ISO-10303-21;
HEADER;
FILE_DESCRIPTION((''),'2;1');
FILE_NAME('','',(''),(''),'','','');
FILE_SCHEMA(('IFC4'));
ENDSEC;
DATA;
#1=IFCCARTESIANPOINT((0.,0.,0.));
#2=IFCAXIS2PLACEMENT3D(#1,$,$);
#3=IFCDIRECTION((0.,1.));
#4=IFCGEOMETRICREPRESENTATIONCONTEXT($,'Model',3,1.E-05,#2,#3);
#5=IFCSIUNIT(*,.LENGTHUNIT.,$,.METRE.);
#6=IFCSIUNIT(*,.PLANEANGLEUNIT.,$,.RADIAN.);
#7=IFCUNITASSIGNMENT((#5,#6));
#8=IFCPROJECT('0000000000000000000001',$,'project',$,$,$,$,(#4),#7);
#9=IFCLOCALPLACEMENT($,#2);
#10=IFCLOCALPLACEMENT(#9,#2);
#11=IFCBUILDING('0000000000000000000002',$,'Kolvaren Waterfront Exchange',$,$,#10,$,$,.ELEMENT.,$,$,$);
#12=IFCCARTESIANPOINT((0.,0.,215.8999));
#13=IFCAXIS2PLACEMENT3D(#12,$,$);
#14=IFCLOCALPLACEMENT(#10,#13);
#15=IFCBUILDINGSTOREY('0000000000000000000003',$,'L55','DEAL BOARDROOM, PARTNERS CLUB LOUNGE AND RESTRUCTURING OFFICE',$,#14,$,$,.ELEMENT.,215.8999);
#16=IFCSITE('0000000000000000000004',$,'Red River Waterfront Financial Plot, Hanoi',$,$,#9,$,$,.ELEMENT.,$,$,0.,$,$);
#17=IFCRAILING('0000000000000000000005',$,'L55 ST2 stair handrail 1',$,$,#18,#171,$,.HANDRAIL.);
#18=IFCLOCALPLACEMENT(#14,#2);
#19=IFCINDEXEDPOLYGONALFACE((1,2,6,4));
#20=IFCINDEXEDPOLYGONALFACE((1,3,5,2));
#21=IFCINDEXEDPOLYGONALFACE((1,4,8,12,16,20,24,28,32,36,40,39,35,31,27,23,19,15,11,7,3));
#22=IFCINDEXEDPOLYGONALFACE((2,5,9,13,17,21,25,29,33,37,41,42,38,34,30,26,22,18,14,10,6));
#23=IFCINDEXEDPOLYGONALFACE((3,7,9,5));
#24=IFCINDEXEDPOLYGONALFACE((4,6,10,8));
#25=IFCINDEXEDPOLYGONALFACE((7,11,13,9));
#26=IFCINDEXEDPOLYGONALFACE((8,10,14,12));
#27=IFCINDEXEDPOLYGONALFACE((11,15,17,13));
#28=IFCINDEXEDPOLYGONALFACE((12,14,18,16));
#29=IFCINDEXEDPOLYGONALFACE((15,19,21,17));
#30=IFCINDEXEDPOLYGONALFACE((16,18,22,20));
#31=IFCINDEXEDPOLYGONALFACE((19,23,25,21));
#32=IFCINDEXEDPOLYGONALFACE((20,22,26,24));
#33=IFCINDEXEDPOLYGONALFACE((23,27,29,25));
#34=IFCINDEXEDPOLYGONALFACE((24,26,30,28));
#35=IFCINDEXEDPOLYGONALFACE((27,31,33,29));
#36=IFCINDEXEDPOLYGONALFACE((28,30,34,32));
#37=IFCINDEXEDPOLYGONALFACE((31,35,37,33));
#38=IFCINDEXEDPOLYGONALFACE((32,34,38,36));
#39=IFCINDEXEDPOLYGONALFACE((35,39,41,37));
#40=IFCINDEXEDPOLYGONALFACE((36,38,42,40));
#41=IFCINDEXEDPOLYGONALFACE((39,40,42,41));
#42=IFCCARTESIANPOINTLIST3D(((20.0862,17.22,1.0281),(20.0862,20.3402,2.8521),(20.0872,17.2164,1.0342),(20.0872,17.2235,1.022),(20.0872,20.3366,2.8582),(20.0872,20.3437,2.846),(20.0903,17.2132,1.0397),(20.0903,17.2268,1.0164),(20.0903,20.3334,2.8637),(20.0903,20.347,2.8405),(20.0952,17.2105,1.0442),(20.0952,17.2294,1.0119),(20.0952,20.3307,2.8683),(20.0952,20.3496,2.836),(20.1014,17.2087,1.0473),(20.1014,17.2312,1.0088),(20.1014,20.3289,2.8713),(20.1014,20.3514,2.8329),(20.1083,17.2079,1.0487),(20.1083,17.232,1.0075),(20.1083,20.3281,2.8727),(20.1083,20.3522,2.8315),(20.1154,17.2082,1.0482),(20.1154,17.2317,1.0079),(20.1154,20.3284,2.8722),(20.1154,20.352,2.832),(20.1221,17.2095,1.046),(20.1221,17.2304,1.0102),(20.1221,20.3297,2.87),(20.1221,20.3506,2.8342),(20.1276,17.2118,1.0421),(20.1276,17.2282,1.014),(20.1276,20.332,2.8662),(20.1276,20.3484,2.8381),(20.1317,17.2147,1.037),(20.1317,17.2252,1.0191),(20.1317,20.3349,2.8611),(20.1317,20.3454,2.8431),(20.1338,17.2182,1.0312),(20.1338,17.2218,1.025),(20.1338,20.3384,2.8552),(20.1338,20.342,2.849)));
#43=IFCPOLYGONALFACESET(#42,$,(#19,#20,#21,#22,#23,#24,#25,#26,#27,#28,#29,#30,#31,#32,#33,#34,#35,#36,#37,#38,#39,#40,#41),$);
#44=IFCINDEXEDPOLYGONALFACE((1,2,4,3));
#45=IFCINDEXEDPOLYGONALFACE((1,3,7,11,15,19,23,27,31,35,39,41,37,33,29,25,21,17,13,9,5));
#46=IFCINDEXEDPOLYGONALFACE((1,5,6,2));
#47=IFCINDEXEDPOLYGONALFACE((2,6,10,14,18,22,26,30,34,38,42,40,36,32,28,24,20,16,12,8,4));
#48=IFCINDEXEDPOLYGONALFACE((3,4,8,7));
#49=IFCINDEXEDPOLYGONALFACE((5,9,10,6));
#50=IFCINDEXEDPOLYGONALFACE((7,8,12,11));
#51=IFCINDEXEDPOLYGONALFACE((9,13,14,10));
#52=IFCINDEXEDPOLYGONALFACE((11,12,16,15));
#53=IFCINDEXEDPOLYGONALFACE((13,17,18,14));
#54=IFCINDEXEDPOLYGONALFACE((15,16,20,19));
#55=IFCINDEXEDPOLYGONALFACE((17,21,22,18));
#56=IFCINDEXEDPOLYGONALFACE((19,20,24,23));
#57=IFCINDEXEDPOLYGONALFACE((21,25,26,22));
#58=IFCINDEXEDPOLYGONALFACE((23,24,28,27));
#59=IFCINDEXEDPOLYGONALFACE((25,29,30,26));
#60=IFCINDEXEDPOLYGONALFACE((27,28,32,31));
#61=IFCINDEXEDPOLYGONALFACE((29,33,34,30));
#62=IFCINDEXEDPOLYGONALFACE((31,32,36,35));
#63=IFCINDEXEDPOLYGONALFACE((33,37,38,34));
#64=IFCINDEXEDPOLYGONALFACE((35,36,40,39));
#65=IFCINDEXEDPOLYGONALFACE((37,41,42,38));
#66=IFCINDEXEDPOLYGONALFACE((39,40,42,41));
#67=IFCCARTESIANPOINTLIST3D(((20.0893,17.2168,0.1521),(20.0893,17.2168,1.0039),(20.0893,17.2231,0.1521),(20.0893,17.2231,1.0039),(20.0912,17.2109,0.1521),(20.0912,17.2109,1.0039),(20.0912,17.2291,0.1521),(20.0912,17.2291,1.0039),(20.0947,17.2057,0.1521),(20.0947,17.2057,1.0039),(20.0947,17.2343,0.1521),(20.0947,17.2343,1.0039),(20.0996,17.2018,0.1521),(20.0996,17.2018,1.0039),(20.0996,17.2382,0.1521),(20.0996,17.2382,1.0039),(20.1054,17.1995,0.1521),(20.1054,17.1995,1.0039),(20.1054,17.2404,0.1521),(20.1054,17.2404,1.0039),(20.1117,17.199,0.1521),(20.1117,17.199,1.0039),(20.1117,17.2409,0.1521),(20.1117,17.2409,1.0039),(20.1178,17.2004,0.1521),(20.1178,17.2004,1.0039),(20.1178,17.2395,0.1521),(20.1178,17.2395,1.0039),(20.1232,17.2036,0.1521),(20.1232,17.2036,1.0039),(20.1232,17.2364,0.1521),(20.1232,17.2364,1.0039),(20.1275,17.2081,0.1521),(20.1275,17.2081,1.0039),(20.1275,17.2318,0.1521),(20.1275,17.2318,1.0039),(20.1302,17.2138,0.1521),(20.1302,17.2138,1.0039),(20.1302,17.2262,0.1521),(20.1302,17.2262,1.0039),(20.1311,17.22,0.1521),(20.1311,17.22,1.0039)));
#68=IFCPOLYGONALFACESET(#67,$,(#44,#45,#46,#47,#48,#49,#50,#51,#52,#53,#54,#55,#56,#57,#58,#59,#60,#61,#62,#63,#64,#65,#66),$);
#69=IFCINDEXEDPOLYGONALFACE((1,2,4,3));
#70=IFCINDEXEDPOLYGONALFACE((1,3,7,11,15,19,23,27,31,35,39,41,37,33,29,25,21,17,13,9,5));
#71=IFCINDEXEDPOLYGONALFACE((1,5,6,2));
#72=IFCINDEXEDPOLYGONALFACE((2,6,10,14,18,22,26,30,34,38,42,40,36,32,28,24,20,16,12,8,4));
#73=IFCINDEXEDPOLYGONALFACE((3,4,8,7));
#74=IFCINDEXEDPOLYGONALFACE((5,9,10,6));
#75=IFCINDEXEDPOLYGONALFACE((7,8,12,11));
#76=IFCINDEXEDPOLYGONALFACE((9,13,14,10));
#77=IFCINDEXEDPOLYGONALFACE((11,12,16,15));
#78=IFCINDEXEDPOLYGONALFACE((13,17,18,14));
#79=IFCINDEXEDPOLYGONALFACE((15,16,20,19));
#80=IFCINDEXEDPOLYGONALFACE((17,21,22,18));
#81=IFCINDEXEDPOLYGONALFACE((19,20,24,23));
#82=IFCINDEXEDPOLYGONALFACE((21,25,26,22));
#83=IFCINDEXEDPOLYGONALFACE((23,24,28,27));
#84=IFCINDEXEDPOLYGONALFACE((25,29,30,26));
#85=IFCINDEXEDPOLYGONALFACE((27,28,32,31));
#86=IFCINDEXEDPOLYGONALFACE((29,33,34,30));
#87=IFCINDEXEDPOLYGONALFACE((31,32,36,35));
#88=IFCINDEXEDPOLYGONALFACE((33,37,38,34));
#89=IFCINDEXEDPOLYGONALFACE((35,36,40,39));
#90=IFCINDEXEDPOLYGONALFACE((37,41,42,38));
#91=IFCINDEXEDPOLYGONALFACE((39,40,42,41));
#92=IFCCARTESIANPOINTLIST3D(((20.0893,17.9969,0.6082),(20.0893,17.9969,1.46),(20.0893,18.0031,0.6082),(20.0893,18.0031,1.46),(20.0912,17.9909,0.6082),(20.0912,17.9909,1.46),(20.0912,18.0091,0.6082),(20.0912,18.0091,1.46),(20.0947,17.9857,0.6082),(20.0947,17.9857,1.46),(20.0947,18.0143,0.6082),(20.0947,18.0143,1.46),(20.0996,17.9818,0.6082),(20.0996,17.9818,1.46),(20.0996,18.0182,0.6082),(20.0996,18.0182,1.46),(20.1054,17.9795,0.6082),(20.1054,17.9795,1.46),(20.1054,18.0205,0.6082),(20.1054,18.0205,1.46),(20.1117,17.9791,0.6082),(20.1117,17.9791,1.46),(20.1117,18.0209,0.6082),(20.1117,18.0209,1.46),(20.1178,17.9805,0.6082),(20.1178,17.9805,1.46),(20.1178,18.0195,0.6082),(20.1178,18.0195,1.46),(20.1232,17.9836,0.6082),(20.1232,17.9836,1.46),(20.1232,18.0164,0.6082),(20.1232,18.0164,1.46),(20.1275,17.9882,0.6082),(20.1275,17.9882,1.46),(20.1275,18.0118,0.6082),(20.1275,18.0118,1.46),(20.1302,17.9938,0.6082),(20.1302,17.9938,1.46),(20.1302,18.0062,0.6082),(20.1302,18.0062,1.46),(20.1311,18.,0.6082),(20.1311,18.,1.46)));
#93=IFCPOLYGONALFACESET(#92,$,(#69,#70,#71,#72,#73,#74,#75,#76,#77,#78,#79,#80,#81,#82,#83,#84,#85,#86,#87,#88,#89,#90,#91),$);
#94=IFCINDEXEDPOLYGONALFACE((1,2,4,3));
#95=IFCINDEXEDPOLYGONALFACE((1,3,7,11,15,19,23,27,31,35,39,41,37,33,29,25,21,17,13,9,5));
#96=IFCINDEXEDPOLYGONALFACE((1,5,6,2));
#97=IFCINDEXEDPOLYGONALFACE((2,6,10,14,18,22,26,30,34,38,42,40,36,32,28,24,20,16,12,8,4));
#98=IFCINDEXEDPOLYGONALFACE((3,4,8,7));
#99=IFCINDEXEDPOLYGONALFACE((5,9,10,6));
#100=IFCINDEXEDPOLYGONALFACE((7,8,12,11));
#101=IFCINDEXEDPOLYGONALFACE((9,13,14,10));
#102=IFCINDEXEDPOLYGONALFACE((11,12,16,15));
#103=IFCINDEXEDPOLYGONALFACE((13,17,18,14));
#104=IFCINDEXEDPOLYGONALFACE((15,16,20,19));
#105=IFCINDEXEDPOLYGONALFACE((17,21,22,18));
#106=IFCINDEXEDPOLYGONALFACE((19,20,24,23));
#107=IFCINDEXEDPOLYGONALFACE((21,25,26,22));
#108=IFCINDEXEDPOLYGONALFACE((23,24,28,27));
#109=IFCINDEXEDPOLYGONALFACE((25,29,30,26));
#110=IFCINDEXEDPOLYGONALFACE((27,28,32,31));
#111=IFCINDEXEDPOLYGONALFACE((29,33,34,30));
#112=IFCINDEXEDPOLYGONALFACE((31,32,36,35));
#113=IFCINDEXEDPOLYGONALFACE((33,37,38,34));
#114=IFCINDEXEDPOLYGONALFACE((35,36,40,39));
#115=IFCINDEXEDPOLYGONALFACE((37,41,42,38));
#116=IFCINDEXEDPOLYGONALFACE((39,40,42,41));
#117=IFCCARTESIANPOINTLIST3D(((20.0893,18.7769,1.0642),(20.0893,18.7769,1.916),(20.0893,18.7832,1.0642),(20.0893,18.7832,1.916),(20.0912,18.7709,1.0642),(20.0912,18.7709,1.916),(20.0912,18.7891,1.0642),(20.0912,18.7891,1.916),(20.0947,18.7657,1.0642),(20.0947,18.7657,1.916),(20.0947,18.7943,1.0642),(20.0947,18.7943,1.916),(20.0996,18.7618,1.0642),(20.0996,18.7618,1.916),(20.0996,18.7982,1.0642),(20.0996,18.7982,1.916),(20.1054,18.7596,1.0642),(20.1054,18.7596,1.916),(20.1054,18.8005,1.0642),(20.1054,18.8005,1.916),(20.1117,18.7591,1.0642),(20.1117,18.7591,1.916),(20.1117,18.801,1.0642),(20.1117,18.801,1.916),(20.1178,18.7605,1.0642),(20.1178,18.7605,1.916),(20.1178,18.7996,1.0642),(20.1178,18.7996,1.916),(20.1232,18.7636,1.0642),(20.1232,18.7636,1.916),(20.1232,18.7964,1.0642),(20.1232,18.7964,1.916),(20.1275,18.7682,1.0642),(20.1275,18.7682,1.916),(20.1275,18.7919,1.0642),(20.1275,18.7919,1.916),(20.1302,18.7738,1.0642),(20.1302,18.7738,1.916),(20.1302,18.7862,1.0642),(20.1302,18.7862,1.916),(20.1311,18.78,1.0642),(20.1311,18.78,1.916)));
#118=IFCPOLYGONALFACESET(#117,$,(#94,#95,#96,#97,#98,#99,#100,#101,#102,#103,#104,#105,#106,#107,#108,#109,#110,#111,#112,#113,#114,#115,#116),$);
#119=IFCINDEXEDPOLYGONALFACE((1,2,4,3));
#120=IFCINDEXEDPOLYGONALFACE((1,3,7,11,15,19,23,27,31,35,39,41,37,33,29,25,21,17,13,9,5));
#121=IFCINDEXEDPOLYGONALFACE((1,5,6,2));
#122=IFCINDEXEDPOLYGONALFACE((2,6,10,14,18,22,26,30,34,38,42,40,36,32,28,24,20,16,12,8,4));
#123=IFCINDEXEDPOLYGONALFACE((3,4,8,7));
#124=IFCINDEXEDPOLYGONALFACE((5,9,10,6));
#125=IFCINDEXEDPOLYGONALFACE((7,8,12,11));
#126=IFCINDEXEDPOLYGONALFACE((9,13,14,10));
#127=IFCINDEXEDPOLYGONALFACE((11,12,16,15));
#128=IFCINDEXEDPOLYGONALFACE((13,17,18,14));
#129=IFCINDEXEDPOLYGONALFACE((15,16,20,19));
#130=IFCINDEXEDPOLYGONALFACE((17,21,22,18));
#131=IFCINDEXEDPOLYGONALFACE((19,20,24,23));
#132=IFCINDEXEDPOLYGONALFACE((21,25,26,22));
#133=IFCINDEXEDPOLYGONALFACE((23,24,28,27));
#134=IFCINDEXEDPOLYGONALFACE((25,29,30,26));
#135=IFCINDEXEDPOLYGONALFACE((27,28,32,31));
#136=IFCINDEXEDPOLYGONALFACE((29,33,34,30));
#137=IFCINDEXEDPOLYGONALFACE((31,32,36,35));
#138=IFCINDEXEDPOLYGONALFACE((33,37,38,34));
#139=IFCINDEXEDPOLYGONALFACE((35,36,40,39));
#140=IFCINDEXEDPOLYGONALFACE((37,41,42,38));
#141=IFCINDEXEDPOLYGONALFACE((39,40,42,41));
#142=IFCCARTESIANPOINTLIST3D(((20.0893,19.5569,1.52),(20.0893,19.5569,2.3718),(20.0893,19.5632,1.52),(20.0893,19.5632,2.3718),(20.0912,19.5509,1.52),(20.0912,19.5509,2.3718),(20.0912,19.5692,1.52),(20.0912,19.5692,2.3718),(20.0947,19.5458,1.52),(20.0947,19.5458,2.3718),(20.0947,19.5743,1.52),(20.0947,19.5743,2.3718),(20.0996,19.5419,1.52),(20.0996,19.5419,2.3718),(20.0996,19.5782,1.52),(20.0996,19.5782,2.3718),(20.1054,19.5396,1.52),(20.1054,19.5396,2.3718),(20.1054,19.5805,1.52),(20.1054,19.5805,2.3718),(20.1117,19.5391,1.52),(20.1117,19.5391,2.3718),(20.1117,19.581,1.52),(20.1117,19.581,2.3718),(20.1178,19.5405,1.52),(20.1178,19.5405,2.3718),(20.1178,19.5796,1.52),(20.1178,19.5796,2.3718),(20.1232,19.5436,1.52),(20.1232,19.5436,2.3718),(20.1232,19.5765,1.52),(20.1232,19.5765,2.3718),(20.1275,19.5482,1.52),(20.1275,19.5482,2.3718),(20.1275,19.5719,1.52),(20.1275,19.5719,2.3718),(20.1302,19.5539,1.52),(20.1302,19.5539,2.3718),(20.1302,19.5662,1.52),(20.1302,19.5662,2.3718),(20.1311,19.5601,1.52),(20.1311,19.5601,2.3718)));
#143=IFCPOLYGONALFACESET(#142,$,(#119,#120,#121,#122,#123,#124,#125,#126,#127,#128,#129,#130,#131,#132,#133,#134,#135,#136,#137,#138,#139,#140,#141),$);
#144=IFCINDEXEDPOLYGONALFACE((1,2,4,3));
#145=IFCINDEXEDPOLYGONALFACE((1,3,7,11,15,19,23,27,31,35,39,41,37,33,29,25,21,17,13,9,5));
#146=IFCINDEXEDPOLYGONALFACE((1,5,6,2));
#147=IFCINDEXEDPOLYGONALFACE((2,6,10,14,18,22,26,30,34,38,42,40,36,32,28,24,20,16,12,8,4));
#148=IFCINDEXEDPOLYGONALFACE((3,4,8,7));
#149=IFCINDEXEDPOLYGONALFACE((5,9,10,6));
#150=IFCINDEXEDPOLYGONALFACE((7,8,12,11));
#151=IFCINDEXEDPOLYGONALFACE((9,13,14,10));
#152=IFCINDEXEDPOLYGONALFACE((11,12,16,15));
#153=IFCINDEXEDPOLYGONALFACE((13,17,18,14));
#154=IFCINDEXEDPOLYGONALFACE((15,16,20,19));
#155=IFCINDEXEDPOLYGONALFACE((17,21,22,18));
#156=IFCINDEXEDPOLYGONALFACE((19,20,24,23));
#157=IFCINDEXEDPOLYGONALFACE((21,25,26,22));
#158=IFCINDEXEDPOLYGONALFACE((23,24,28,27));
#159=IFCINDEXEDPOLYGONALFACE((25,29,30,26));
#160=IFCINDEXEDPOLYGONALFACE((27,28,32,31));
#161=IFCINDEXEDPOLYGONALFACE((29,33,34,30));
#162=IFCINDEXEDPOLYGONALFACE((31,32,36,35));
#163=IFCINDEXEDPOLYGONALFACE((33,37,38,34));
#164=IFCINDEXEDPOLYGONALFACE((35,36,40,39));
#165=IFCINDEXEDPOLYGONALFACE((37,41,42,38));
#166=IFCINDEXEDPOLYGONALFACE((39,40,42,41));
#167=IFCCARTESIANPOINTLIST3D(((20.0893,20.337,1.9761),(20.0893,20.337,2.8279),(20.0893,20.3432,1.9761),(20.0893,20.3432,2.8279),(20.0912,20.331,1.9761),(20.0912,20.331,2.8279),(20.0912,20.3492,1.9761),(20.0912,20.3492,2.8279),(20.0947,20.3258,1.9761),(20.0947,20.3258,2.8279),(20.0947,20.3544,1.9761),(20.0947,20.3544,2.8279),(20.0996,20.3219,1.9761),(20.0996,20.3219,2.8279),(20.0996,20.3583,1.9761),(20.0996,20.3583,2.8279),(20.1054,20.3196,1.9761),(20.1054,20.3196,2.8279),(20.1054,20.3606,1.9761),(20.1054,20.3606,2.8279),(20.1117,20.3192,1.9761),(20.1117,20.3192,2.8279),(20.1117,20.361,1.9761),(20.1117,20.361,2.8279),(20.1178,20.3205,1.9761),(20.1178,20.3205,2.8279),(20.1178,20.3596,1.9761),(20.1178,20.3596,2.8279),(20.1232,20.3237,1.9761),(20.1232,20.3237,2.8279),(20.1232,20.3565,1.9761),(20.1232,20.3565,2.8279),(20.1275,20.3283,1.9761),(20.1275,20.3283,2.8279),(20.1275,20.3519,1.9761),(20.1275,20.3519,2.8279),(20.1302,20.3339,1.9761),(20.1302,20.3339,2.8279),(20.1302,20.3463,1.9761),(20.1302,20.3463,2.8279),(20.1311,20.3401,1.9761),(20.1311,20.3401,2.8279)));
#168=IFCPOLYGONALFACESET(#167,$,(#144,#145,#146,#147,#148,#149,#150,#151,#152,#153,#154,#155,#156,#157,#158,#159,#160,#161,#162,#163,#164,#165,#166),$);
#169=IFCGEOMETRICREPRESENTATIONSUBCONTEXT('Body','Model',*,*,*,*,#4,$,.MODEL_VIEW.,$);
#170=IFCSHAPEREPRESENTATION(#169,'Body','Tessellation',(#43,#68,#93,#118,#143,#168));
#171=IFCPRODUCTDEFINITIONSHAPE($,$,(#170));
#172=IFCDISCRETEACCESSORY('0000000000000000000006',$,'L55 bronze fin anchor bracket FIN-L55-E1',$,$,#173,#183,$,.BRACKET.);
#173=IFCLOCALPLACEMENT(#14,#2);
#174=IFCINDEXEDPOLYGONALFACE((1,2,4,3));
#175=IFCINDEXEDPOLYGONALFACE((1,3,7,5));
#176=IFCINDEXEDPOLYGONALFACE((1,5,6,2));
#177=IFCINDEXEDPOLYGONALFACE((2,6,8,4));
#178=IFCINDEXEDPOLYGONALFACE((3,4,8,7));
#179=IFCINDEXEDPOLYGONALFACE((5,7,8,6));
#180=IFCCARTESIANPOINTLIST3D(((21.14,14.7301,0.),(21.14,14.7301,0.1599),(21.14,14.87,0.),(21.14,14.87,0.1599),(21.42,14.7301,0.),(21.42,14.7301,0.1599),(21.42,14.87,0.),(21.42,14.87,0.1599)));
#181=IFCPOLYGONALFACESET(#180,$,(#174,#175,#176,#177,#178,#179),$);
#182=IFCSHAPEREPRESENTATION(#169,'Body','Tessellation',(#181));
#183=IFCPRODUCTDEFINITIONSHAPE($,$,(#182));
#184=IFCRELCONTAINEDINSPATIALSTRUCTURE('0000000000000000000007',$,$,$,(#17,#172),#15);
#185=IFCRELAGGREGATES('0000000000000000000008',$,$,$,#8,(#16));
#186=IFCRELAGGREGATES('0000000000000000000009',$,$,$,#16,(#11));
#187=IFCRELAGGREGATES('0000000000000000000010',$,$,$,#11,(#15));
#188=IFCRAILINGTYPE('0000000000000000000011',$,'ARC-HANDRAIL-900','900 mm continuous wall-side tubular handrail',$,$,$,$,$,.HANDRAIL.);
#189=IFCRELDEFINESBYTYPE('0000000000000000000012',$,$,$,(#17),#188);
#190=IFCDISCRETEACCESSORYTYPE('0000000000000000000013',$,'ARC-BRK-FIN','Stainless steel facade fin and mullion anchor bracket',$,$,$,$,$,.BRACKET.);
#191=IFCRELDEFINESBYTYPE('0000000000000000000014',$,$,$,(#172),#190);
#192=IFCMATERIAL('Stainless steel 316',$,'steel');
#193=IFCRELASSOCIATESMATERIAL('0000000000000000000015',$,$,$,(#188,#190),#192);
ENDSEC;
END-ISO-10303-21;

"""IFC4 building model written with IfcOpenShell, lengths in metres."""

from ifc_helpers import new_model, si_unit, direction, frame, origin, origin_with_axes, origin_2d, place, context, subcontext, project, spatial, rectangle, circle, extrude, source, transform, mapped, material, type_object, element, save


model = new_model("IFC4")

# Units and contexts
model_context = context("Model", 3, precision=1e-05, world=origin(), true_north=direction((0.0, 1.0)))
body_context = subcontext(model_context, "Body", "Model", "MODEL_VIEW")
ifc_project = project(units=[si_unit("LENGTHUNIT", "METRE"), si_unit("PLANEANGLEUNIT", "RADIAN")], contexts=[model_context])

# Site, building, storey
site_placement = place(None, origin())
site = spatial("IfcSite", under=ifc_project, at=site_placement, Name="Red River Waterfront Financial Plot, Hanoi", CompositionType="ELEMENT", RefElevation=0.0)
building_placement = place(site_placement, origin())
building = spatial("IfcBuilding", under=site, at=building_placement, Name="Kolvaren Waterfront Exchange", CompositionType="ELEMENT")
storey_placement = place(building_placement, frame((0.0, 0.0, 215.8999)))
storey = spatial("IfcBuildingStorey", under=building, at=storey_placement, Name="L55", Description="DEAL BOARDROOM, PARTNERS CLUB LOUNGE AND RESTRUCTURING OFFICE", CompositionType="ELEMENT", Elevation=215.8999)

# Railing
ifc_material_1 = material(Name="Stainless steel 316", Category="steel")
railing_type_1 = type_object("IfcRailingType", Name="ARC-HANDRAIL-900", Description="900 mm continuous wall-side tubular handrail", PredefinedType="HANDRAIL", material=ifc_material_1)
railing_1_placement = place(storey_placement, frame((20.1101, 17.22, 0.1521)))
element("IfcRailing", 1, at=railing_1_placement, inside=storey, type_object=railing_type_1, Name="L55 ST2 stair handrail 1", PredefinedType="HANDRAIL", context=body_context, shape_type="SweptSolid", body=[
    extrude(circle(Radius=0.0239, at=origin_2d()), frame((0.0, 0.0, 0.876), z_axis=(0.0, 0.863308, 0.504677), x_axis=(-1.0, 0.0, 0.0)), (0.0, 0.0, 1.0), 3.6143),
    extrude(circle(Radius=0.021, at=origin_2d()), origin(), (0.0, 0.0, 1.0), 0.8518),
    extrude(circle(Radius=0.021, at=origin_2d()), frame((0.0, 0.78, 0.4561)), (0.0, 0.0, 1.0), 0.8518),
    extrude(circle(Radius=0.021, at=origin_2d()), frame((0.0, 1.5601, 0.9121)), (0.0, 0.0, 1.0), 0.8518),
    extrude(circle(Radius=0.021, at=origin_2d()), frame((0.0, 2.3401, 1.3679)), (0.0, 0.0, 1.0), 0.8518),
    extrude(circle(Radius=0.021, at=origin_2d()), frame((0.0, 3.1201, 1.824)), (0.0, 0.0, 1.0), 0.8518),
])

# Discrete accessory
discrete_accessory_type = type_object("IfcDiscreteAccessoryType", Name="ARC-BRK-FIN", Description="Stainless steel facade fin and mullion anchor bracket", PredefinedType="BRACKET", material=ifc_material_1)
shared_shape = source(origin_with_axes(), body_context, "Body", "SweptSolid", [
    extrude(rectangle(XDim=0.28, YDim=0.1399, at=origin_2d()), origin(), (0.0, 0.0, 1.0), 0.1599),
])
discrete_accessory_placement = place(storey_placement, frame((21.28, 14.8, 0.0), z_axis=(0.0, 0.0, 1.0), x_axis=(1.0, 0.0, 0.0)))
element("IfcDiscreteAccessory", 2, at=discrete_accessory_placement, inside=storey, type_object=discrete_accessory_type, Name="L55 bronze fin anchor bracket FIN-L55-E1", PredefinedType="BRACKET", context=body_context, shape_type="MappedRepresentation", body=[
    mapped(shared_shape, transform((0.0, 0.0, 0.0), x_axis=(1.0, 0.0, 0.0), y_axis=(0.0, 1.0, 0.0), z_axis=(0.0, 0.0, 1.0), scale=1.0)),
])

save(model, "model.ifc")
